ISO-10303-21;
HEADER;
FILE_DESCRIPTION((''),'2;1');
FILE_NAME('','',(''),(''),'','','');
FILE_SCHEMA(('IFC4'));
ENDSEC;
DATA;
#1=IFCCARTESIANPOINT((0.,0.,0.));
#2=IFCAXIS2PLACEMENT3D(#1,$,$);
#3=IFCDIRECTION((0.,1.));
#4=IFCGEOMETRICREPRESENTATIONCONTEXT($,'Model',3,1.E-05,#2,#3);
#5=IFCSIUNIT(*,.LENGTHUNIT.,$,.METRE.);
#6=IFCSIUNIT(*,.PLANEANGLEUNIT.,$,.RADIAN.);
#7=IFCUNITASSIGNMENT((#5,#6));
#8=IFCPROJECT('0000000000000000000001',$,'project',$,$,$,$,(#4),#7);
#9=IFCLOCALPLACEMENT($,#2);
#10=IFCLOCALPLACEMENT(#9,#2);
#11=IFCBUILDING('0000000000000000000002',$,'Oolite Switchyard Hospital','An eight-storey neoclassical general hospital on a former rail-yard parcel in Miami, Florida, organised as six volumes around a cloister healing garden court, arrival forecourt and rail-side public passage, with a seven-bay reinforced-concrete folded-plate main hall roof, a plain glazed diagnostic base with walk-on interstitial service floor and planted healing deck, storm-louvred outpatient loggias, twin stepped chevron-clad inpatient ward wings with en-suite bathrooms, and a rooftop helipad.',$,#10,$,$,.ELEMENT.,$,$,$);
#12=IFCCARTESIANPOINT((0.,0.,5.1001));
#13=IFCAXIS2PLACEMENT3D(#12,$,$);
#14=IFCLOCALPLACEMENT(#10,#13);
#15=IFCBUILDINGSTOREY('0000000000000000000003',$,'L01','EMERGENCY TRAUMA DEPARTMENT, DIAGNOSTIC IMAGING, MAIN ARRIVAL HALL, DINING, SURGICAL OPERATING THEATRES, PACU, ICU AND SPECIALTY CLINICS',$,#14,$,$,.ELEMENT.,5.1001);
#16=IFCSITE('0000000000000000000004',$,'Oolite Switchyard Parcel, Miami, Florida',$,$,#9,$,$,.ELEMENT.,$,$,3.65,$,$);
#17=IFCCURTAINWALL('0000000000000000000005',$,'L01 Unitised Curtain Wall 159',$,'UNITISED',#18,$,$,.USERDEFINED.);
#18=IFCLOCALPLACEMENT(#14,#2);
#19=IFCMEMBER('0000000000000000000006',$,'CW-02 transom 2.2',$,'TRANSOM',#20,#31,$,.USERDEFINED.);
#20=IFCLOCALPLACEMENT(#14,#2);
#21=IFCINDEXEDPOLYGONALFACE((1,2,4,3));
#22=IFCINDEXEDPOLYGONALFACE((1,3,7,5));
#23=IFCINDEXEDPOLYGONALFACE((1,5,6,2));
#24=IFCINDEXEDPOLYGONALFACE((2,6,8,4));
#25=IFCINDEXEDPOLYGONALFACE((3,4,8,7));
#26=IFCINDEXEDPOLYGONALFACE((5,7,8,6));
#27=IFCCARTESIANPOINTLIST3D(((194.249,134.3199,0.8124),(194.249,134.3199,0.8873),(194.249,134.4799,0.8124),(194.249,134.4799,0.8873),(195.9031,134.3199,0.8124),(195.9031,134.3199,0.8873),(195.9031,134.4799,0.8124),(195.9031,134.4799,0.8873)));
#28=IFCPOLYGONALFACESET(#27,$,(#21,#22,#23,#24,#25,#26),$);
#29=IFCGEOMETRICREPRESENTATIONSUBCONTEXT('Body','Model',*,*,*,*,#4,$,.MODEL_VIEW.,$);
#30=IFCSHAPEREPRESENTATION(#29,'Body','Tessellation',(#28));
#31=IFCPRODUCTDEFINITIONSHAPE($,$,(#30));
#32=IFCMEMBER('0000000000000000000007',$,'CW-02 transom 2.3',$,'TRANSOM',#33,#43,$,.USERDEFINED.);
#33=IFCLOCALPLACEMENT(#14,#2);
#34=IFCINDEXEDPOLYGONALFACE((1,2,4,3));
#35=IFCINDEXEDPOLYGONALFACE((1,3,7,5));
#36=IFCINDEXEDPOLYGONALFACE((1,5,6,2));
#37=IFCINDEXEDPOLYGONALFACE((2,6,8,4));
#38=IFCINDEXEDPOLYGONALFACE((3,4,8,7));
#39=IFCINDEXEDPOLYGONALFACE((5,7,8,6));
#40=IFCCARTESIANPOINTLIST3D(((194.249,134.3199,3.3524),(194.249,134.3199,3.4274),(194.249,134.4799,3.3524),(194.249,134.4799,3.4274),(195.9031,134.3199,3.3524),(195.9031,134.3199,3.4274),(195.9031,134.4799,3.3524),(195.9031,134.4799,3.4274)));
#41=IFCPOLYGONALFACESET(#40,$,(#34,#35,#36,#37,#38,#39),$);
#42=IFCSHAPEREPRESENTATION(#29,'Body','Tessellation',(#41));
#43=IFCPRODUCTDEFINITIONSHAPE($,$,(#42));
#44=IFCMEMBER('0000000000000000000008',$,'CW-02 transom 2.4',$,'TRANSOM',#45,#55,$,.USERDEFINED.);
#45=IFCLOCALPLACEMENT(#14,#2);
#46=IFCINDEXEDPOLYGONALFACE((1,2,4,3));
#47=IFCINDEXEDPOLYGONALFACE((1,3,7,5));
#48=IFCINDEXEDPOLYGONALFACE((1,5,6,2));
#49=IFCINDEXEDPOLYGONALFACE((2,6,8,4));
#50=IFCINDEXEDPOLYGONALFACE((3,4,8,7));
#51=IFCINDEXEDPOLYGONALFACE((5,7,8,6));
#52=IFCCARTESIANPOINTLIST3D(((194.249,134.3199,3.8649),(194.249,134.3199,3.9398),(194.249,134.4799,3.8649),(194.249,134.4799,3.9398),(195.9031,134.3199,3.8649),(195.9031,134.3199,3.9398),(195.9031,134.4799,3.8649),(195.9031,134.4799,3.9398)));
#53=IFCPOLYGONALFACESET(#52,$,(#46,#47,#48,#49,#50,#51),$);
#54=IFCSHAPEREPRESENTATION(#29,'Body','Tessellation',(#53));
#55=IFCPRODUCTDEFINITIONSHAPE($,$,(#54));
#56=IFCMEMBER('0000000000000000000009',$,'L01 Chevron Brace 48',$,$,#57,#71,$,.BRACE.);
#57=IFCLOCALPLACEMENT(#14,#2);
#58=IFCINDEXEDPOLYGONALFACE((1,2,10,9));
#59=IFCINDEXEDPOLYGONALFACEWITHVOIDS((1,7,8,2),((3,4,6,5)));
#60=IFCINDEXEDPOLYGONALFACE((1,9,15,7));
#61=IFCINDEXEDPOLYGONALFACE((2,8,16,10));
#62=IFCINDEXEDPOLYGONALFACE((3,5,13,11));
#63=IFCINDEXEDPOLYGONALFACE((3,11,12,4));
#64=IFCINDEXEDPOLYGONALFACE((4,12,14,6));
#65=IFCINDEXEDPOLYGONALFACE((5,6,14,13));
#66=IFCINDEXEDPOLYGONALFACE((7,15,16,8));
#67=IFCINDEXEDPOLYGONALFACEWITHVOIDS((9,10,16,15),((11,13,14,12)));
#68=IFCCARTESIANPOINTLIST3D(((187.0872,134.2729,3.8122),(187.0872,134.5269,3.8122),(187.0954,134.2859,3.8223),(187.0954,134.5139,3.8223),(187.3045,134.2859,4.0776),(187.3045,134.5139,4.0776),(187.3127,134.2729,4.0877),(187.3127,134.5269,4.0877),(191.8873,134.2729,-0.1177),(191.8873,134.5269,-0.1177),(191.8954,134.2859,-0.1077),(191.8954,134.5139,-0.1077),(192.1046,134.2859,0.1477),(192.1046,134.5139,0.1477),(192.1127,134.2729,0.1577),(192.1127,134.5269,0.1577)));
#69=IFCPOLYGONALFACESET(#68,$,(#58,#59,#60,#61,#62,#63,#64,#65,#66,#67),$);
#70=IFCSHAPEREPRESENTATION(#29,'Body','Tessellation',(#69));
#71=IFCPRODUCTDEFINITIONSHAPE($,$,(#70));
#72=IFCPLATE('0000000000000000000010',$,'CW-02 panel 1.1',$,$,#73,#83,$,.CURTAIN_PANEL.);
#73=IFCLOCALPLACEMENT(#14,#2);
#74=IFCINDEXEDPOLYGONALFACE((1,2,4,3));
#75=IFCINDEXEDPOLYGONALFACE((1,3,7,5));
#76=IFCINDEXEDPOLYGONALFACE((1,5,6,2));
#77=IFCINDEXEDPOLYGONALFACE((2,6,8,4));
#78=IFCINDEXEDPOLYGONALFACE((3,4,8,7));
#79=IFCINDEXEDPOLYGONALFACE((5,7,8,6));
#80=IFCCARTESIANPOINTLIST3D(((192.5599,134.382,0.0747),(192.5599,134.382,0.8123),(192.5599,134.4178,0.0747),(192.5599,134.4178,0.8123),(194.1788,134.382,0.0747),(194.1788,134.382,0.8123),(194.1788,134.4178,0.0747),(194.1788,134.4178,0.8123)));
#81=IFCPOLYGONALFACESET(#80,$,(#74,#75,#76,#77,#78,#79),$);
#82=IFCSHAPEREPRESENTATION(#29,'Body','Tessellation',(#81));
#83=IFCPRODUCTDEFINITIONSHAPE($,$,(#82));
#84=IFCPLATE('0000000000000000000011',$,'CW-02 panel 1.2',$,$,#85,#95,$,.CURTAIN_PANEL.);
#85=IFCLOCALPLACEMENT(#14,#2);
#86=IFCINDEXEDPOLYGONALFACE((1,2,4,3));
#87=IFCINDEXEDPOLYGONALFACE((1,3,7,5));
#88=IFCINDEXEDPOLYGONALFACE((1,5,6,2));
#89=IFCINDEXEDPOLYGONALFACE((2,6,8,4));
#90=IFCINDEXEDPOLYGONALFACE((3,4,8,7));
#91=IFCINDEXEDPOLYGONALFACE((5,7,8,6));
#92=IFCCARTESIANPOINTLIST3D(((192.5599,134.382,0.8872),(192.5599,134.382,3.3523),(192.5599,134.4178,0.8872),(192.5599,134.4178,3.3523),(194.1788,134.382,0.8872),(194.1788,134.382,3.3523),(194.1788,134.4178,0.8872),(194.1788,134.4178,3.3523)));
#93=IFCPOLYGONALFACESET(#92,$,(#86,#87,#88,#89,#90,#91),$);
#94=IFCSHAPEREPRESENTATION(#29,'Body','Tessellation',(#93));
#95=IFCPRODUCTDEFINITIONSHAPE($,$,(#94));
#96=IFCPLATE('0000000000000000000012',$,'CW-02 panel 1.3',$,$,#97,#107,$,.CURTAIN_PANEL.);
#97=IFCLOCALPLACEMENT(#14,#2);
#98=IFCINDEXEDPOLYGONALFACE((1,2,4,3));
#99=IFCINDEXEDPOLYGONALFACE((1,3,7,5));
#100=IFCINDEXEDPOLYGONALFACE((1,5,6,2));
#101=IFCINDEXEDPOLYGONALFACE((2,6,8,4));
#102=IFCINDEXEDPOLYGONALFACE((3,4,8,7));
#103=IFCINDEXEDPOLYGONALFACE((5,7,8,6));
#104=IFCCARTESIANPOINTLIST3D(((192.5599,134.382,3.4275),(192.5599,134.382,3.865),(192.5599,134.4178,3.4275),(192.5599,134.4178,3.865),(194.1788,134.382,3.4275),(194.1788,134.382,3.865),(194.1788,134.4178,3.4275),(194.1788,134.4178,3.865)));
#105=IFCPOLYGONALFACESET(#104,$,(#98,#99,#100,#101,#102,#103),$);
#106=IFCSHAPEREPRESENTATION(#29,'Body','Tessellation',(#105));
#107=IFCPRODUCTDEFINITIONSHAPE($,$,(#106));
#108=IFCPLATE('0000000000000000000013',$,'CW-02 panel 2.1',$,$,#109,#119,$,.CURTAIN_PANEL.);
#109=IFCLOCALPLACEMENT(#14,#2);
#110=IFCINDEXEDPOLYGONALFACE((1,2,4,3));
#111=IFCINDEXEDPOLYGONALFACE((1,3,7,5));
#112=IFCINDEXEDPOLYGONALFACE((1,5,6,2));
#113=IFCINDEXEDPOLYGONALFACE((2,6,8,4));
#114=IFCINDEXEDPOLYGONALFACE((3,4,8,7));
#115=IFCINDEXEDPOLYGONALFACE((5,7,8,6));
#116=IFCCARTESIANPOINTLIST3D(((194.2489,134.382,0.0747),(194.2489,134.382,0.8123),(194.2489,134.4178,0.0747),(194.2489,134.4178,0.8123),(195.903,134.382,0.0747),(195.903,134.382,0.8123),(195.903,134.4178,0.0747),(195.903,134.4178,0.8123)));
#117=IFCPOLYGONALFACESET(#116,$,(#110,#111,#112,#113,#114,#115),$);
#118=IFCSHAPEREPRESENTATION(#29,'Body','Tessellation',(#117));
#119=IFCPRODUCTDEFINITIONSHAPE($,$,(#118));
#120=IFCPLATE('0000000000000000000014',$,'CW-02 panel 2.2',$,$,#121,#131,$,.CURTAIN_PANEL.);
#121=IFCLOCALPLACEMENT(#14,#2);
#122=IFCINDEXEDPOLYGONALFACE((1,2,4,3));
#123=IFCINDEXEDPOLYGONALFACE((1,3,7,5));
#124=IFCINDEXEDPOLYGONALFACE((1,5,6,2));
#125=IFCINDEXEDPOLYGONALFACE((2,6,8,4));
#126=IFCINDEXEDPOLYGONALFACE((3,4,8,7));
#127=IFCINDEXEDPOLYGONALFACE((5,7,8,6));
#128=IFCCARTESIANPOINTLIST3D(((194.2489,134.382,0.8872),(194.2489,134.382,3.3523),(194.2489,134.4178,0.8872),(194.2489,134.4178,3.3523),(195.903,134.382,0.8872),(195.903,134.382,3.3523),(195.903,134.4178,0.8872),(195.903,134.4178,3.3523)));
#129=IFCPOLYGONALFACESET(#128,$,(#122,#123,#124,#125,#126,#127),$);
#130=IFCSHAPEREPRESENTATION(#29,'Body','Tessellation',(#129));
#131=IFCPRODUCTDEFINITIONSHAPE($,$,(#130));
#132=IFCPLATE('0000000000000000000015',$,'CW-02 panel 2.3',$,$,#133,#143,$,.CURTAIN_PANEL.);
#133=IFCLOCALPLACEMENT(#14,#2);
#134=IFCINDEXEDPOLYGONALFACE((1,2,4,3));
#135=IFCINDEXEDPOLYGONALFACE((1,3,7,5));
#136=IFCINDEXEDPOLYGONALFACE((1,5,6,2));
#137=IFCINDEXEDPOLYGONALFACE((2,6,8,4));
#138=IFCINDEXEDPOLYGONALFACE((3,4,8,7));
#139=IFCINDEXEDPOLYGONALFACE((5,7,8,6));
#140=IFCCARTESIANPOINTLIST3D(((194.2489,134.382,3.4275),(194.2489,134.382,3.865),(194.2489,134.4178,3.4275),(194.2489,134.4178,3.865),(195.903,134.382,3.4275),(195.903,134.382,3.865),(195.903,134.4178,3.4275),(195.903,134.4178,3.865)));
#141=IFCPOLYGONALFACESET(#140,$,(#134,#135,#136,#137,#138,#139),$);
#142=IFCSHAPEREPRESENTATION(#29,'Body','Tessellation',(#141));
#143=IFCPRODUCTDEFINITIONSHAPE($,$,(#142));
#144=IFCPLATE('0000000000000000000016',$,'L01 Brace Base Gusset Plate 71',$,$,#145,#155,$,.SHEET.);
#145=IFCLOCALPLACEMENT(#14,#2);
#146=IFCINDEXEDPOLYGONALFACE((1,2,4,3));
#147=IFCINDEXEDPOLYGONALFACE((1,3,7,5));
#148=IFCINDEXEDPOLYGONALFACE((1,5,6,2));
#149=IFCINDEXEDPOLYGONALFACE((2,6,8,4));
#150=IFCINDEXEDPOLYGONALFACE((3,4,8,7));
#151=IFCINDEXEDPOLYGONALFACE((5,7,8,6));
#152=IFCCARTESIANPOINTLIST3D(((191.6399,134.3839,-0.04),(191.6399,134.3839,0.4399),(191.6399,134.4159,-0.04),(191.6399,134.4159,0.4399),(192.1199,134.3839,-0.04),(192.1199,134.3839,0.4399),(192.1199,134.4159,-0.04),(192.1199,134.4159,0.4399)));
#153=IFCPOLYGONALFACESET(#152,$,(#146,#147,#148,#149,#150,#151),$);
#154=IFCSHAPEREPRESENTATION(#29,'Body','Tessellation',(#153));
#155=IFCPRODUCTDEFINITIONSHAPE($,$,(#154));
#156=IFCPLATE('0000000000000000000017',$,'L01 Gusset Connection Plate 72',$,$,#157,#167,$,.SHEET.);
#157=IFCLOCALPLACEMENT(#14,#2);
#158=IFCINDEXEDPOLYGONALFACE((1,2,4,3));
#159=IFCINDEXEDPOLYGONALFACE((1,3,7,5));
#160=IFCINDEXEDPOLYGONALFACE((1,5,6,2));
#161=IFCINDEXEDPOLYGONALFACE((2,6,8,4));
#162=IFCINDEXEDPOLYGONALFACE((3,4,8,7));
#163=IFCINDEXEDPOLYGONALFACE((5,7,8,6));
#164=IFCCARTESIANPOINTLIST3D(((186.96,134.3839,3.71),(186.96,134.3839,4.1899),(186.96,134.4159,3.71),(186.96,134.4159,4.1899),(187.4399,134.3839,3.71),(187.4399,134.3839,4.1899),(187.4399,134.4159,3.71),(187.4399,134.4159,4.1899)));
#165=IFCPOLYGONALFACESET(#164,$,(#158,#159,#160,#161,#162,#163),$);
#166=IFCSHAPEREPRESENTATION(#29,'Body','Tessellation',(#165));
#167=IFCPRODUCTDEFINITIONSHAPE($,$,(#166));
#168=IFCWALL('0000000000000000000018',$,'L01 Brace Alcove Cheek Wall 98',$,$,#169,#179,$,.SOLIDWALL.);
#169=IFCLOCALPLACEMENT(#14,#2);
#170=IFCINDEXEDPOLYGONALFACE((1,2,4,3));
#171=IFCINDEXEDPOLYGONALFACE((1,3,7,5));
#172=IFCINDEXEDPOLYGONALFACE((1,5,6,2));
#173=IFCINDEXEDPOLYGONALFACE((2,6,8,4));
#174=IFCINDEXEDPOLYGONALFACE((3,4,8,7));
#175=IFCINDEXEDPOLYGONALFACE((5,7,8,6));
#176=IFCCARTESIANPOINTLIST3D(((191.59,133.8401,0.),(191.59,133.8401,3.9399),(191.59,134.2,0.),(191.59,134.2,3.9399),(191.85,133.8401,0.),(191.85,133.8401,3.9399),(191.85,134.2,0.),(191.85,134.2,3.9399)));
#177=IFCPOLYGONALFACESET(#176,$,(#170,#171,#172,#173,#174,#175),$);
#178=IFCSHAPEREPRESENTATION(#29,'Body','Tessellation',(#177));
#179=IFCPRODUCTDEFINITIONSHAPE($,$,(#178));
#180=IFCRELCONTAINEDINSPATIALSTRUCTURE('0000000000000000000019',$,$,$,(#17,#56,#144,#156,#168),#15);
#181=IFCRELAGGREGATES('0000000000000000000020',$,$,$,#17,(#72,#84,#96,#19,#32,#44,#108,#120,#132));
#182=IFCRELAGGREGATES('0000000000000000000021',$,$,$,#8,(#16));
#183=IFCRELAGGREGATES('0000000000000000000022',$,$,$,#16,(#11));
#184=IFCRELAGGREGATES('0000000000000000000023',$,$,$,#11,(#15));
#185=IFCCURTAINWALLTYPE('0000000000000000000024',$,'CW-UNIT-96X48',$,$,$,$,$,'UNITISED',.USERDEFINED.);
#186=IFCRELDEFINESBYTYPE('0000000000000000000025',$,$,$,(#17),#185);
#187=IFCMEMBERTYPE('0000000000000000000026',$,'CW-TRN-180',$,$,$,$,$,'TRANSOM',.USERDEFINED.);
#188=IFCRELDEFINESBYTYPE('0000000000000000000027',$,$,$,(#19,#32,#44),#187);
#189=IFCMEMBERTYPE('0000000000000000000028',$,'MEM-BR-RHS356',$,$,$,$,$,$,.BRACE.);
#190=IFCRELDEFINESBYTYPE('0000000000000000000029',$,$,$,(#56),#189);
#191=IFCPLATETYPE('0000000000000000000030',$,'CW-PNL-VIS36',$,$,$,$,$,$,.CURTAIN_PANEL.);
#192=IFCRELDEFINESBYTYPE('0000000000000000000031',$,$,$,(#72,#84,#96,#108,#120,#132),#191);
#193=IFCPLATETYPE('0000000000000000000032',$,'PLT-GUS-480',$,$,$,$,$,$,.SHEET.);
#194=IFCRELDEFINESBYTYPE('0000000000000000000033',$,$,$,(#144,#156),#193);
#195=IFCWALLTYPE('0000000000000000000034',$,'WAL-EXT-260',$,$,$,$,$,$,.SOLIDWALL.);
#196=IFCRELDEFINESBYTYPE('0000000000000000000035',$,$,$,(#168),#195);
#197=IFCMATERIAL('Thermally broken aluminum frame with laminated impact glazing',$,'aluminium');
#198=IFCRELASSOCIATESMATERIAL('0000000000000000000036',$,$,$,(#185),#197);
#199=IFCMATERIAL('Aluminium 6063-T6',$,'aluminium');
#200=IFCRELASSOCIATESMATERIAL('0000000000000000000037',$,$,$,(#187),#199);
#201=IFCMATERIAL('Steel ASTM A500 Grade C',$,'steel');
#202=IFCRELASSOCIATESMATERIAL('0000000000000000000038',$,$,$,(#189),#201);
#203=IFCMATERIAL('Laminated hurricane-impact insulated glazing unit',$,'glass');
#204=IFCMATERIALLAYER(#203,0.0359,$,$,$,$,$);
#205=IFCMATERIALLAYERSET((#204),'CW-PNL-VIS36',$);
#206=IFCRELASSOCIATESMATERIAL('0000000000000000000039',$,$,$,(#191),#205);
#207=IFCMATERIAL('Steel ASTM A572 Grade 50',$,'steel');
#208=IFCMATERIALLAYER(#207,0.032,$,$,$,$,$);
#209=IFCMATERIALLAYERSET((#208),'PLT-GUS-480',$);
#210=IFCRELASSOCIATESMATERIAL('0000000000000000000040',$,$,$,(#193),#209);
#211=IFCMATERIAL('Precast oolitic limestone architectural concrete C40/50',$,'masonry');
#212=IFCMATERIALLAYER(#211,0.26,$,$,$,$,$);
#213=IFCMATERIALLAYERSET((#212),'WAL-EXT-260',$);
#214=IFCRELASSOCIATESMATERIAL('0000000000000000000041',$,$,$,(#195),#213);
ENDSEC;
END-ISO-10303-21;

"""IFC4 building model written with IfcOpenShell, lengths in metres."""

from ifc_helpers import new_model, si_unit, direction, frame, frame_2d, origin, origin_2d, place, context, subcontext, project, spatial, rectangle, hollow_rectangle, extrude, material, layer, layer_set, material_profile, profile_set, type_object, element, aggregate, save


model = new_model("IFC4")

# Units and contexts
model_context = context("Model", 3, precision=1e-05, world=origin(), true_north=direction((0.0, 1.0)))
body_context = subcontext(model_context, "Body", "Model", "MODEL_VIEW")
ifc_project = project(units=[si_unit("LENGTHUNIT", "METRE"), si_unit("PLANEANGLEUNIT", "RADIAN")], contexts=[model_context])

# Site, building, storey
site_placement = place(None, origin())
site = spatial("IfcSite", under=ifc_project, at=site_placement, Name="Oolite Switchyard Parcel, Miami, Florida", CompositionType="ELEMENT", RefElevation=3.65)
building_placement = place(site_placement, origin())
building = spatial("IfcBuilding", under=site, at=building_placement, Name="Oolite Switchyard Hospital", Description="An eight-storey neoclassical general hospital on a former rail-yard parcel in Miami, Florida, organised as six volumes around a cloister healing garden court, arrival forecourt and rail-side public passage, with a seven-bay reinforced-concrete folded-plate main hall roof, a plain glazed diagnostic base with walk-on interstitial service floor and planted healing deck, storm-louvred outpatient loggias, twin stepped chevron-clad inpatient ward wings with en-suite bathrooms, and a rooftop helipad.", CompositionType="ELEMENT")
storey_placement = place(building_placement, frame((0.0, 0.0, 5.1001)))
storey = spatial("IfcBuildingStorey", under=building, at=storey_placement, Name="L01", Description="EMERGENCY TRAUMA DEPARTMENT, DIAGNOSTIC IMAGING, MAIN ARRIVAL HALL, DINING, SURGICAL OPERATING THEATRES, PACU, ICU AND SPECIALTY CLINICS", CompositionType="ELEMENT", Elevation=5.1001)

# Curtain wall, members
ifc_material_1 = material(Name="Thermally broken aluminum frame with laminated impact glazing", Category="aluminium")
curtain_wall_type = type_object("IfcCurtainWallType", Name="CW-UNIT-96X48", ElementType="UNITISED", PredefinedType="USERDEFINED", material=ifc_material_1)
curtain_wall_placement = place(storey_placement, origin())
curtain_wall = element("IfcCurtainWall", 1, at=curtain_wall_placement, inside=storey, type_object=curtain_wall_type, Name="L01 Unitised Curtain Wall 159", ObjectType="UNITISED", PredefinedType="USERDEFINED")
ifc_material_2 = material(Name="Aluminium 6063-T6", Category="aluminium")
ifc_material_profile_1 = material_profile(ifc_material_2, rectangle(XDim=0.1599, YDim=0.075, at=origin_2d()), Name="CWT75X160")
ifc_profile_set_1 = profile_set([ifc_material_profile_1], Name="Aluminium 6063-T6")
member_type_1 = type_object("IfcMemberType", Name="CW-TRN-180", ElementType="TRANSOM", PredefinedType="USERDEFINED", material=ifc_profile_set_1)
member_1_placement = place(storey_placement, frame((194.249, 134.3999, 0.8499), z_axis=(1.0, 0.0, 0.0), x_axis=(0.0, 1.0, 0.0)))
member_1 = element("IfcMember", 2, at=member_1_placement, type_object=member_type_1, Name="CW-02 transom 2.2", ObjectType="TRANSOM", PredefinedType="USERDEFINED", context=body_context, shape_type="SweptSolid", body=[
    extrude(rectangle(XDim=0.1599, YDim=0.075, at=origin_2d()), origin(), (0.0, 0.0, 1.0), 1.6541),
])
member_2_placement = place(storey_placement, frame((194.249, 134.3999, 3.3899), z_axis=(1.0, 0.0, 0.0), x_axis=(0.0, 1.0, 0.0)))
member_2 = element("IfcMember", 3, at=member_2_placement, type_object=member_type_1, Name="CW-02 transom 2.3", ObjectType="TRANSOM", PredefinedType="USERDEFINED", context=body_context, shape_type="SweptSolid", body=[
    extrude(rectangle(XDim=0.1599, YDim=0.075, at=origin_2d()), origin(), (0.0, 0.0, 1.0), 1.6541),
])
member_3_placement = place(storey_placement, frame((194.249, 134.3999, 3.9023), z_axis=(1.0, 0.0, 0.0), x_axis=(0.0, 1.0, 0.0)))
member_3 = element("IfcMember", 4, at=member_3_placement, type_object=member_type_1, Name="CW-02 transom 2.4", ObjectType="TRANSOM", PredefinedType="USERDEFINED", context=body_context, shape_type="SweptSolid", body=[
    extrude(rectangle(XDim=0.1599, YDim=0.075, at=origin_2d()), origin(), (0.0, 0.0, 1.0), 1.6541),
])

# Member
ifc_material_3 = material(Name="Steel ASTM A500 Grade C", Category="steel")
ifc_material_profile_2 = material_profile(ifc_material_3, hollow_rectangle(XDim=0.2539, YDim=0.356, WallThickness=0.0129, at=origin_2d()), Name="HSS356X254X13")
ifc_profile_set_2 = profile_set([ifc_material_profile_2], Name="Steel ASTM A500 Grade C")
member_type_2 = type_object("IfcMemberType", Name="MEM-BR-RHS356", PredefinedType="BRACE", material=ifc_profile_set_2)
member_4_placement = place(storey_placement, frame((192.0, 134.3999, 0.02), z_axis=(-0.77375, 0.0, 0.633491), x_axis=(0.0, -1.0, 0.0)))
element("IfcMember", 5, at=member_4_placement, inside=storey, type_object=member_type_2, Name="L01 Chevron Brace 48", PredefinedType="BRACE", context=body_context, shape_type="SweptSolid", body=[
    extrude(hollow_rectangle(XDim=0.2539, YDim=0.356, WallThickness=0.0129, at=origin_2d()), origin(), (0.0, 0.0, 1.0), 6.2036),
])

# Plates
ifc_material_4 = material(Name="Laminated hurricane-impact insulated glazing unit", Category="glass")
ifc_layer_1 = layer(ifc_material_4, 0.0359)
ifc_layer_set_1 = layer_set([ifc_layer_1], Name="CW-PNL-VIS36")
plate_type_1 = type_object("IfcPlateType", Name="CW-PNL-VIS36", PredefinedType="CURTAIN_PANEL", material=ifc_layer_set_1)
plate_1_placement = place(storey_placement, frame((193.3694, 134.3999, 0.0747), z_axis=(0.0, 0.0, 1.0), x_axis=(1.0, 0.0, 0.0)))
plate_1 = element("IfcPlate", 6, at=plate_1_placement, type_object=plate_type_1, Name="CW-02 panel 1.1", PredefinedType="CURTAIN_PANEL", context=body_context, shape_type="SweptSolid", body=[
    extrude(rectangle(XDim=1.6189, YDim=0.0359, at=origin_2d()), origin(), (0.0, 0.0, 1.0), 0.7375),
])
plate_2_placement = place(storey_placement, frame((193.3694, 134.3999, 0.8872), z_axis=(0.0, 0.0, 1.0), x_axis=(1.0, 0.0, 0.0)))
plate_2 = element("IfcPlate", 7, at=plate_2_placement, type_object=plate_type_1, Name="CW-02 panel 1.2", PredefinedType="CURTAIN_PANEL", context=body_context, shape_type="SweptSolid", body=[
    extrude(rectangle(XDim=1.6189, YDim=0.0359, at=origin_2d()), origin(), (0.0, 0.0, 1.0), 2.4651),
])
plate_3_placement = place(storey_placement, frame((193.3694, 134.3999, 3.4275), z_axis=(0.0, 0.0, 1.0), x_axis=(1.0, 0.0, 0.0)))
plate_3 = element("IfcPlate", 8, at=plate_3_placement, type_object=plate_type_1, Name="CW-02 panel 1.3", PredefinedType="CURTAIN_PANEL", context=body_context, shape_type="SweptSolid", body=[
    extrude(rectangle(XDim=1.6189, YDim=0.0359, at=origin_2d()), origin(), (0.0, 0.0, 1.0), 0.4375),
])
plate_4_placement = place(storey_placement, frame((195.0759, 134.3999, 0.0747), z_axis=(0.0, 0.0, 1.0), x_axis=(1.0, 0.0, 0.0)))
plate_4 = element("IfcPlate", 9, at=plate_4_placement, type_object=plate_type_1, Name="CW-02 panel 2.1", PredefinedType="CURTAIN_PANEL", context=body_context, shape_type="SweptSolid", body=[
    extrude(rectangle(XDim=1.6541, YDim=0.0359, at=origin_2d()), origin(), (0.0, 0.0, 1.0), 0.7375),
])
plate_5_placement = place(storey_placement, frame((195.0759, 134.3999, 0.8872), z_axis=(0.0, 0.0, 1.0), x_axis=(1.0, 0.0, 0.0)))
plate_5 = element("IfcPlate", 10, at=plate_5_placement, type_object=plate_type_1, Name="CW-02 panel 2.2", PredefinedType="CURTAIN_PANEL", context=body_context, shape_type="SweptSolid", body=[
    extrude(rectangle(XDim=1.6541, YDim=0.0359, at=origin_2d()), origin(), (0.0, 0.0, 1.0), 2.4651),
])
plate_6_placement = place(storey_placement, frame((195.0759, 134.3999, 3.4275), z_axis=(0.0, 0.0, 1.0), x_axis=(1.0, 0.0, 0.0)))
plate_6 = element("IfcPlate", 11, at=plate_6_placement, type_object=plate_type_1, Name="CW-02 panel 2.3", PredefinedType="CURTAIN_PANEL", context=body_context, shape_type="SweptSolid", body=[
    extrude(rectangle(XDim=1.6541, YDim=0.0359, at=origin_2d()), origin(), (0.0, 0.0, 1.0), 0.4375),
])
aggregate(curtain_wall, [plate_1, plate_2, plate_3, member_1, member_2, member_3, plate_4, plate_5, plate_6])

# Plates
ifc_material_5 = material(Name="Steel ASTM A572 Grade 50", Category="steel")
ifc_layer_2 = layer(ifc_material_5, 0.032)
ifc_layer_set_2 = layer_set([ifc_layer_2], Name="PLT-GUS-480")
plate_type_2 = type_object("IfcPlateType", Name="PLT-GUS-480", PredefinedType="SHEET", material=ifc_layer_set_2)
for number, where, z_axis, x_axis, name in (
    (12, (191.8799, 134.3999, -0.04), (0.0, 0.0, 1.0), (1.0, 0.0, 0.0), "L01 Brace Base Gusset Plate 71"),
    (13, (187.2, 134.3999, 3.71), (0.0, 0.0, 1.0), (1.0, 0.0, 0.0), "L01 Gusset Connection Plate 72"),
):
    element("IfcPlate", number, at=place(storey_placement, frame(where, z_axis=z_axis, x_axis=x_axis)), inside=storey, type_object=plate_type_2, Name=name, PredefinedType="SHEET", context=body_context, shape_type="SweptSolid", body=[
        extrude(rectangle(XDim=0.48, YDim=0.032, at=origin_2d()), origin(), (0.0, 0.0, 1.0), 0.48),
    ])

# Wall
ifc_material_6 = material(Name="Precast oolitic limestone architectural concrete C40/50", Category="masonry")
ifc_layer_3 = layer(ifc_material_6, 0.26)
ifc_layer_set_3 = layer_set([ifc_layer_3], Name="WAL-EXT-260")
wall_type = type_object("IfcWallType", Name="WAL-EXT-260", PredefinedType="SOLIDWALL", material=ifc_layer_set_3)
wall_placement = place(storey_placement, frame((191.72, 134.2, 0.0), z_axis=(0.0, 0.0, 1.0), x_axis=(0.0, -1.0, 0.0)))
element("IfcWall", 14, at=wall_placement, inside=storey, type_object=wall_type, Name="L01 Brace Alcove Cheek Wall 98", PredefinedType="SOLIDWALL", context=body_context, shape_type="SweptSolid", body=[
    extrude(rectangle(XDim=0.3599, YDim=0.26, at=frame_2d((0.1799, 0.0))), origin(), (0.0, 0.0, 1.0), 3.9399),
])

save(model, "model.ifc")
